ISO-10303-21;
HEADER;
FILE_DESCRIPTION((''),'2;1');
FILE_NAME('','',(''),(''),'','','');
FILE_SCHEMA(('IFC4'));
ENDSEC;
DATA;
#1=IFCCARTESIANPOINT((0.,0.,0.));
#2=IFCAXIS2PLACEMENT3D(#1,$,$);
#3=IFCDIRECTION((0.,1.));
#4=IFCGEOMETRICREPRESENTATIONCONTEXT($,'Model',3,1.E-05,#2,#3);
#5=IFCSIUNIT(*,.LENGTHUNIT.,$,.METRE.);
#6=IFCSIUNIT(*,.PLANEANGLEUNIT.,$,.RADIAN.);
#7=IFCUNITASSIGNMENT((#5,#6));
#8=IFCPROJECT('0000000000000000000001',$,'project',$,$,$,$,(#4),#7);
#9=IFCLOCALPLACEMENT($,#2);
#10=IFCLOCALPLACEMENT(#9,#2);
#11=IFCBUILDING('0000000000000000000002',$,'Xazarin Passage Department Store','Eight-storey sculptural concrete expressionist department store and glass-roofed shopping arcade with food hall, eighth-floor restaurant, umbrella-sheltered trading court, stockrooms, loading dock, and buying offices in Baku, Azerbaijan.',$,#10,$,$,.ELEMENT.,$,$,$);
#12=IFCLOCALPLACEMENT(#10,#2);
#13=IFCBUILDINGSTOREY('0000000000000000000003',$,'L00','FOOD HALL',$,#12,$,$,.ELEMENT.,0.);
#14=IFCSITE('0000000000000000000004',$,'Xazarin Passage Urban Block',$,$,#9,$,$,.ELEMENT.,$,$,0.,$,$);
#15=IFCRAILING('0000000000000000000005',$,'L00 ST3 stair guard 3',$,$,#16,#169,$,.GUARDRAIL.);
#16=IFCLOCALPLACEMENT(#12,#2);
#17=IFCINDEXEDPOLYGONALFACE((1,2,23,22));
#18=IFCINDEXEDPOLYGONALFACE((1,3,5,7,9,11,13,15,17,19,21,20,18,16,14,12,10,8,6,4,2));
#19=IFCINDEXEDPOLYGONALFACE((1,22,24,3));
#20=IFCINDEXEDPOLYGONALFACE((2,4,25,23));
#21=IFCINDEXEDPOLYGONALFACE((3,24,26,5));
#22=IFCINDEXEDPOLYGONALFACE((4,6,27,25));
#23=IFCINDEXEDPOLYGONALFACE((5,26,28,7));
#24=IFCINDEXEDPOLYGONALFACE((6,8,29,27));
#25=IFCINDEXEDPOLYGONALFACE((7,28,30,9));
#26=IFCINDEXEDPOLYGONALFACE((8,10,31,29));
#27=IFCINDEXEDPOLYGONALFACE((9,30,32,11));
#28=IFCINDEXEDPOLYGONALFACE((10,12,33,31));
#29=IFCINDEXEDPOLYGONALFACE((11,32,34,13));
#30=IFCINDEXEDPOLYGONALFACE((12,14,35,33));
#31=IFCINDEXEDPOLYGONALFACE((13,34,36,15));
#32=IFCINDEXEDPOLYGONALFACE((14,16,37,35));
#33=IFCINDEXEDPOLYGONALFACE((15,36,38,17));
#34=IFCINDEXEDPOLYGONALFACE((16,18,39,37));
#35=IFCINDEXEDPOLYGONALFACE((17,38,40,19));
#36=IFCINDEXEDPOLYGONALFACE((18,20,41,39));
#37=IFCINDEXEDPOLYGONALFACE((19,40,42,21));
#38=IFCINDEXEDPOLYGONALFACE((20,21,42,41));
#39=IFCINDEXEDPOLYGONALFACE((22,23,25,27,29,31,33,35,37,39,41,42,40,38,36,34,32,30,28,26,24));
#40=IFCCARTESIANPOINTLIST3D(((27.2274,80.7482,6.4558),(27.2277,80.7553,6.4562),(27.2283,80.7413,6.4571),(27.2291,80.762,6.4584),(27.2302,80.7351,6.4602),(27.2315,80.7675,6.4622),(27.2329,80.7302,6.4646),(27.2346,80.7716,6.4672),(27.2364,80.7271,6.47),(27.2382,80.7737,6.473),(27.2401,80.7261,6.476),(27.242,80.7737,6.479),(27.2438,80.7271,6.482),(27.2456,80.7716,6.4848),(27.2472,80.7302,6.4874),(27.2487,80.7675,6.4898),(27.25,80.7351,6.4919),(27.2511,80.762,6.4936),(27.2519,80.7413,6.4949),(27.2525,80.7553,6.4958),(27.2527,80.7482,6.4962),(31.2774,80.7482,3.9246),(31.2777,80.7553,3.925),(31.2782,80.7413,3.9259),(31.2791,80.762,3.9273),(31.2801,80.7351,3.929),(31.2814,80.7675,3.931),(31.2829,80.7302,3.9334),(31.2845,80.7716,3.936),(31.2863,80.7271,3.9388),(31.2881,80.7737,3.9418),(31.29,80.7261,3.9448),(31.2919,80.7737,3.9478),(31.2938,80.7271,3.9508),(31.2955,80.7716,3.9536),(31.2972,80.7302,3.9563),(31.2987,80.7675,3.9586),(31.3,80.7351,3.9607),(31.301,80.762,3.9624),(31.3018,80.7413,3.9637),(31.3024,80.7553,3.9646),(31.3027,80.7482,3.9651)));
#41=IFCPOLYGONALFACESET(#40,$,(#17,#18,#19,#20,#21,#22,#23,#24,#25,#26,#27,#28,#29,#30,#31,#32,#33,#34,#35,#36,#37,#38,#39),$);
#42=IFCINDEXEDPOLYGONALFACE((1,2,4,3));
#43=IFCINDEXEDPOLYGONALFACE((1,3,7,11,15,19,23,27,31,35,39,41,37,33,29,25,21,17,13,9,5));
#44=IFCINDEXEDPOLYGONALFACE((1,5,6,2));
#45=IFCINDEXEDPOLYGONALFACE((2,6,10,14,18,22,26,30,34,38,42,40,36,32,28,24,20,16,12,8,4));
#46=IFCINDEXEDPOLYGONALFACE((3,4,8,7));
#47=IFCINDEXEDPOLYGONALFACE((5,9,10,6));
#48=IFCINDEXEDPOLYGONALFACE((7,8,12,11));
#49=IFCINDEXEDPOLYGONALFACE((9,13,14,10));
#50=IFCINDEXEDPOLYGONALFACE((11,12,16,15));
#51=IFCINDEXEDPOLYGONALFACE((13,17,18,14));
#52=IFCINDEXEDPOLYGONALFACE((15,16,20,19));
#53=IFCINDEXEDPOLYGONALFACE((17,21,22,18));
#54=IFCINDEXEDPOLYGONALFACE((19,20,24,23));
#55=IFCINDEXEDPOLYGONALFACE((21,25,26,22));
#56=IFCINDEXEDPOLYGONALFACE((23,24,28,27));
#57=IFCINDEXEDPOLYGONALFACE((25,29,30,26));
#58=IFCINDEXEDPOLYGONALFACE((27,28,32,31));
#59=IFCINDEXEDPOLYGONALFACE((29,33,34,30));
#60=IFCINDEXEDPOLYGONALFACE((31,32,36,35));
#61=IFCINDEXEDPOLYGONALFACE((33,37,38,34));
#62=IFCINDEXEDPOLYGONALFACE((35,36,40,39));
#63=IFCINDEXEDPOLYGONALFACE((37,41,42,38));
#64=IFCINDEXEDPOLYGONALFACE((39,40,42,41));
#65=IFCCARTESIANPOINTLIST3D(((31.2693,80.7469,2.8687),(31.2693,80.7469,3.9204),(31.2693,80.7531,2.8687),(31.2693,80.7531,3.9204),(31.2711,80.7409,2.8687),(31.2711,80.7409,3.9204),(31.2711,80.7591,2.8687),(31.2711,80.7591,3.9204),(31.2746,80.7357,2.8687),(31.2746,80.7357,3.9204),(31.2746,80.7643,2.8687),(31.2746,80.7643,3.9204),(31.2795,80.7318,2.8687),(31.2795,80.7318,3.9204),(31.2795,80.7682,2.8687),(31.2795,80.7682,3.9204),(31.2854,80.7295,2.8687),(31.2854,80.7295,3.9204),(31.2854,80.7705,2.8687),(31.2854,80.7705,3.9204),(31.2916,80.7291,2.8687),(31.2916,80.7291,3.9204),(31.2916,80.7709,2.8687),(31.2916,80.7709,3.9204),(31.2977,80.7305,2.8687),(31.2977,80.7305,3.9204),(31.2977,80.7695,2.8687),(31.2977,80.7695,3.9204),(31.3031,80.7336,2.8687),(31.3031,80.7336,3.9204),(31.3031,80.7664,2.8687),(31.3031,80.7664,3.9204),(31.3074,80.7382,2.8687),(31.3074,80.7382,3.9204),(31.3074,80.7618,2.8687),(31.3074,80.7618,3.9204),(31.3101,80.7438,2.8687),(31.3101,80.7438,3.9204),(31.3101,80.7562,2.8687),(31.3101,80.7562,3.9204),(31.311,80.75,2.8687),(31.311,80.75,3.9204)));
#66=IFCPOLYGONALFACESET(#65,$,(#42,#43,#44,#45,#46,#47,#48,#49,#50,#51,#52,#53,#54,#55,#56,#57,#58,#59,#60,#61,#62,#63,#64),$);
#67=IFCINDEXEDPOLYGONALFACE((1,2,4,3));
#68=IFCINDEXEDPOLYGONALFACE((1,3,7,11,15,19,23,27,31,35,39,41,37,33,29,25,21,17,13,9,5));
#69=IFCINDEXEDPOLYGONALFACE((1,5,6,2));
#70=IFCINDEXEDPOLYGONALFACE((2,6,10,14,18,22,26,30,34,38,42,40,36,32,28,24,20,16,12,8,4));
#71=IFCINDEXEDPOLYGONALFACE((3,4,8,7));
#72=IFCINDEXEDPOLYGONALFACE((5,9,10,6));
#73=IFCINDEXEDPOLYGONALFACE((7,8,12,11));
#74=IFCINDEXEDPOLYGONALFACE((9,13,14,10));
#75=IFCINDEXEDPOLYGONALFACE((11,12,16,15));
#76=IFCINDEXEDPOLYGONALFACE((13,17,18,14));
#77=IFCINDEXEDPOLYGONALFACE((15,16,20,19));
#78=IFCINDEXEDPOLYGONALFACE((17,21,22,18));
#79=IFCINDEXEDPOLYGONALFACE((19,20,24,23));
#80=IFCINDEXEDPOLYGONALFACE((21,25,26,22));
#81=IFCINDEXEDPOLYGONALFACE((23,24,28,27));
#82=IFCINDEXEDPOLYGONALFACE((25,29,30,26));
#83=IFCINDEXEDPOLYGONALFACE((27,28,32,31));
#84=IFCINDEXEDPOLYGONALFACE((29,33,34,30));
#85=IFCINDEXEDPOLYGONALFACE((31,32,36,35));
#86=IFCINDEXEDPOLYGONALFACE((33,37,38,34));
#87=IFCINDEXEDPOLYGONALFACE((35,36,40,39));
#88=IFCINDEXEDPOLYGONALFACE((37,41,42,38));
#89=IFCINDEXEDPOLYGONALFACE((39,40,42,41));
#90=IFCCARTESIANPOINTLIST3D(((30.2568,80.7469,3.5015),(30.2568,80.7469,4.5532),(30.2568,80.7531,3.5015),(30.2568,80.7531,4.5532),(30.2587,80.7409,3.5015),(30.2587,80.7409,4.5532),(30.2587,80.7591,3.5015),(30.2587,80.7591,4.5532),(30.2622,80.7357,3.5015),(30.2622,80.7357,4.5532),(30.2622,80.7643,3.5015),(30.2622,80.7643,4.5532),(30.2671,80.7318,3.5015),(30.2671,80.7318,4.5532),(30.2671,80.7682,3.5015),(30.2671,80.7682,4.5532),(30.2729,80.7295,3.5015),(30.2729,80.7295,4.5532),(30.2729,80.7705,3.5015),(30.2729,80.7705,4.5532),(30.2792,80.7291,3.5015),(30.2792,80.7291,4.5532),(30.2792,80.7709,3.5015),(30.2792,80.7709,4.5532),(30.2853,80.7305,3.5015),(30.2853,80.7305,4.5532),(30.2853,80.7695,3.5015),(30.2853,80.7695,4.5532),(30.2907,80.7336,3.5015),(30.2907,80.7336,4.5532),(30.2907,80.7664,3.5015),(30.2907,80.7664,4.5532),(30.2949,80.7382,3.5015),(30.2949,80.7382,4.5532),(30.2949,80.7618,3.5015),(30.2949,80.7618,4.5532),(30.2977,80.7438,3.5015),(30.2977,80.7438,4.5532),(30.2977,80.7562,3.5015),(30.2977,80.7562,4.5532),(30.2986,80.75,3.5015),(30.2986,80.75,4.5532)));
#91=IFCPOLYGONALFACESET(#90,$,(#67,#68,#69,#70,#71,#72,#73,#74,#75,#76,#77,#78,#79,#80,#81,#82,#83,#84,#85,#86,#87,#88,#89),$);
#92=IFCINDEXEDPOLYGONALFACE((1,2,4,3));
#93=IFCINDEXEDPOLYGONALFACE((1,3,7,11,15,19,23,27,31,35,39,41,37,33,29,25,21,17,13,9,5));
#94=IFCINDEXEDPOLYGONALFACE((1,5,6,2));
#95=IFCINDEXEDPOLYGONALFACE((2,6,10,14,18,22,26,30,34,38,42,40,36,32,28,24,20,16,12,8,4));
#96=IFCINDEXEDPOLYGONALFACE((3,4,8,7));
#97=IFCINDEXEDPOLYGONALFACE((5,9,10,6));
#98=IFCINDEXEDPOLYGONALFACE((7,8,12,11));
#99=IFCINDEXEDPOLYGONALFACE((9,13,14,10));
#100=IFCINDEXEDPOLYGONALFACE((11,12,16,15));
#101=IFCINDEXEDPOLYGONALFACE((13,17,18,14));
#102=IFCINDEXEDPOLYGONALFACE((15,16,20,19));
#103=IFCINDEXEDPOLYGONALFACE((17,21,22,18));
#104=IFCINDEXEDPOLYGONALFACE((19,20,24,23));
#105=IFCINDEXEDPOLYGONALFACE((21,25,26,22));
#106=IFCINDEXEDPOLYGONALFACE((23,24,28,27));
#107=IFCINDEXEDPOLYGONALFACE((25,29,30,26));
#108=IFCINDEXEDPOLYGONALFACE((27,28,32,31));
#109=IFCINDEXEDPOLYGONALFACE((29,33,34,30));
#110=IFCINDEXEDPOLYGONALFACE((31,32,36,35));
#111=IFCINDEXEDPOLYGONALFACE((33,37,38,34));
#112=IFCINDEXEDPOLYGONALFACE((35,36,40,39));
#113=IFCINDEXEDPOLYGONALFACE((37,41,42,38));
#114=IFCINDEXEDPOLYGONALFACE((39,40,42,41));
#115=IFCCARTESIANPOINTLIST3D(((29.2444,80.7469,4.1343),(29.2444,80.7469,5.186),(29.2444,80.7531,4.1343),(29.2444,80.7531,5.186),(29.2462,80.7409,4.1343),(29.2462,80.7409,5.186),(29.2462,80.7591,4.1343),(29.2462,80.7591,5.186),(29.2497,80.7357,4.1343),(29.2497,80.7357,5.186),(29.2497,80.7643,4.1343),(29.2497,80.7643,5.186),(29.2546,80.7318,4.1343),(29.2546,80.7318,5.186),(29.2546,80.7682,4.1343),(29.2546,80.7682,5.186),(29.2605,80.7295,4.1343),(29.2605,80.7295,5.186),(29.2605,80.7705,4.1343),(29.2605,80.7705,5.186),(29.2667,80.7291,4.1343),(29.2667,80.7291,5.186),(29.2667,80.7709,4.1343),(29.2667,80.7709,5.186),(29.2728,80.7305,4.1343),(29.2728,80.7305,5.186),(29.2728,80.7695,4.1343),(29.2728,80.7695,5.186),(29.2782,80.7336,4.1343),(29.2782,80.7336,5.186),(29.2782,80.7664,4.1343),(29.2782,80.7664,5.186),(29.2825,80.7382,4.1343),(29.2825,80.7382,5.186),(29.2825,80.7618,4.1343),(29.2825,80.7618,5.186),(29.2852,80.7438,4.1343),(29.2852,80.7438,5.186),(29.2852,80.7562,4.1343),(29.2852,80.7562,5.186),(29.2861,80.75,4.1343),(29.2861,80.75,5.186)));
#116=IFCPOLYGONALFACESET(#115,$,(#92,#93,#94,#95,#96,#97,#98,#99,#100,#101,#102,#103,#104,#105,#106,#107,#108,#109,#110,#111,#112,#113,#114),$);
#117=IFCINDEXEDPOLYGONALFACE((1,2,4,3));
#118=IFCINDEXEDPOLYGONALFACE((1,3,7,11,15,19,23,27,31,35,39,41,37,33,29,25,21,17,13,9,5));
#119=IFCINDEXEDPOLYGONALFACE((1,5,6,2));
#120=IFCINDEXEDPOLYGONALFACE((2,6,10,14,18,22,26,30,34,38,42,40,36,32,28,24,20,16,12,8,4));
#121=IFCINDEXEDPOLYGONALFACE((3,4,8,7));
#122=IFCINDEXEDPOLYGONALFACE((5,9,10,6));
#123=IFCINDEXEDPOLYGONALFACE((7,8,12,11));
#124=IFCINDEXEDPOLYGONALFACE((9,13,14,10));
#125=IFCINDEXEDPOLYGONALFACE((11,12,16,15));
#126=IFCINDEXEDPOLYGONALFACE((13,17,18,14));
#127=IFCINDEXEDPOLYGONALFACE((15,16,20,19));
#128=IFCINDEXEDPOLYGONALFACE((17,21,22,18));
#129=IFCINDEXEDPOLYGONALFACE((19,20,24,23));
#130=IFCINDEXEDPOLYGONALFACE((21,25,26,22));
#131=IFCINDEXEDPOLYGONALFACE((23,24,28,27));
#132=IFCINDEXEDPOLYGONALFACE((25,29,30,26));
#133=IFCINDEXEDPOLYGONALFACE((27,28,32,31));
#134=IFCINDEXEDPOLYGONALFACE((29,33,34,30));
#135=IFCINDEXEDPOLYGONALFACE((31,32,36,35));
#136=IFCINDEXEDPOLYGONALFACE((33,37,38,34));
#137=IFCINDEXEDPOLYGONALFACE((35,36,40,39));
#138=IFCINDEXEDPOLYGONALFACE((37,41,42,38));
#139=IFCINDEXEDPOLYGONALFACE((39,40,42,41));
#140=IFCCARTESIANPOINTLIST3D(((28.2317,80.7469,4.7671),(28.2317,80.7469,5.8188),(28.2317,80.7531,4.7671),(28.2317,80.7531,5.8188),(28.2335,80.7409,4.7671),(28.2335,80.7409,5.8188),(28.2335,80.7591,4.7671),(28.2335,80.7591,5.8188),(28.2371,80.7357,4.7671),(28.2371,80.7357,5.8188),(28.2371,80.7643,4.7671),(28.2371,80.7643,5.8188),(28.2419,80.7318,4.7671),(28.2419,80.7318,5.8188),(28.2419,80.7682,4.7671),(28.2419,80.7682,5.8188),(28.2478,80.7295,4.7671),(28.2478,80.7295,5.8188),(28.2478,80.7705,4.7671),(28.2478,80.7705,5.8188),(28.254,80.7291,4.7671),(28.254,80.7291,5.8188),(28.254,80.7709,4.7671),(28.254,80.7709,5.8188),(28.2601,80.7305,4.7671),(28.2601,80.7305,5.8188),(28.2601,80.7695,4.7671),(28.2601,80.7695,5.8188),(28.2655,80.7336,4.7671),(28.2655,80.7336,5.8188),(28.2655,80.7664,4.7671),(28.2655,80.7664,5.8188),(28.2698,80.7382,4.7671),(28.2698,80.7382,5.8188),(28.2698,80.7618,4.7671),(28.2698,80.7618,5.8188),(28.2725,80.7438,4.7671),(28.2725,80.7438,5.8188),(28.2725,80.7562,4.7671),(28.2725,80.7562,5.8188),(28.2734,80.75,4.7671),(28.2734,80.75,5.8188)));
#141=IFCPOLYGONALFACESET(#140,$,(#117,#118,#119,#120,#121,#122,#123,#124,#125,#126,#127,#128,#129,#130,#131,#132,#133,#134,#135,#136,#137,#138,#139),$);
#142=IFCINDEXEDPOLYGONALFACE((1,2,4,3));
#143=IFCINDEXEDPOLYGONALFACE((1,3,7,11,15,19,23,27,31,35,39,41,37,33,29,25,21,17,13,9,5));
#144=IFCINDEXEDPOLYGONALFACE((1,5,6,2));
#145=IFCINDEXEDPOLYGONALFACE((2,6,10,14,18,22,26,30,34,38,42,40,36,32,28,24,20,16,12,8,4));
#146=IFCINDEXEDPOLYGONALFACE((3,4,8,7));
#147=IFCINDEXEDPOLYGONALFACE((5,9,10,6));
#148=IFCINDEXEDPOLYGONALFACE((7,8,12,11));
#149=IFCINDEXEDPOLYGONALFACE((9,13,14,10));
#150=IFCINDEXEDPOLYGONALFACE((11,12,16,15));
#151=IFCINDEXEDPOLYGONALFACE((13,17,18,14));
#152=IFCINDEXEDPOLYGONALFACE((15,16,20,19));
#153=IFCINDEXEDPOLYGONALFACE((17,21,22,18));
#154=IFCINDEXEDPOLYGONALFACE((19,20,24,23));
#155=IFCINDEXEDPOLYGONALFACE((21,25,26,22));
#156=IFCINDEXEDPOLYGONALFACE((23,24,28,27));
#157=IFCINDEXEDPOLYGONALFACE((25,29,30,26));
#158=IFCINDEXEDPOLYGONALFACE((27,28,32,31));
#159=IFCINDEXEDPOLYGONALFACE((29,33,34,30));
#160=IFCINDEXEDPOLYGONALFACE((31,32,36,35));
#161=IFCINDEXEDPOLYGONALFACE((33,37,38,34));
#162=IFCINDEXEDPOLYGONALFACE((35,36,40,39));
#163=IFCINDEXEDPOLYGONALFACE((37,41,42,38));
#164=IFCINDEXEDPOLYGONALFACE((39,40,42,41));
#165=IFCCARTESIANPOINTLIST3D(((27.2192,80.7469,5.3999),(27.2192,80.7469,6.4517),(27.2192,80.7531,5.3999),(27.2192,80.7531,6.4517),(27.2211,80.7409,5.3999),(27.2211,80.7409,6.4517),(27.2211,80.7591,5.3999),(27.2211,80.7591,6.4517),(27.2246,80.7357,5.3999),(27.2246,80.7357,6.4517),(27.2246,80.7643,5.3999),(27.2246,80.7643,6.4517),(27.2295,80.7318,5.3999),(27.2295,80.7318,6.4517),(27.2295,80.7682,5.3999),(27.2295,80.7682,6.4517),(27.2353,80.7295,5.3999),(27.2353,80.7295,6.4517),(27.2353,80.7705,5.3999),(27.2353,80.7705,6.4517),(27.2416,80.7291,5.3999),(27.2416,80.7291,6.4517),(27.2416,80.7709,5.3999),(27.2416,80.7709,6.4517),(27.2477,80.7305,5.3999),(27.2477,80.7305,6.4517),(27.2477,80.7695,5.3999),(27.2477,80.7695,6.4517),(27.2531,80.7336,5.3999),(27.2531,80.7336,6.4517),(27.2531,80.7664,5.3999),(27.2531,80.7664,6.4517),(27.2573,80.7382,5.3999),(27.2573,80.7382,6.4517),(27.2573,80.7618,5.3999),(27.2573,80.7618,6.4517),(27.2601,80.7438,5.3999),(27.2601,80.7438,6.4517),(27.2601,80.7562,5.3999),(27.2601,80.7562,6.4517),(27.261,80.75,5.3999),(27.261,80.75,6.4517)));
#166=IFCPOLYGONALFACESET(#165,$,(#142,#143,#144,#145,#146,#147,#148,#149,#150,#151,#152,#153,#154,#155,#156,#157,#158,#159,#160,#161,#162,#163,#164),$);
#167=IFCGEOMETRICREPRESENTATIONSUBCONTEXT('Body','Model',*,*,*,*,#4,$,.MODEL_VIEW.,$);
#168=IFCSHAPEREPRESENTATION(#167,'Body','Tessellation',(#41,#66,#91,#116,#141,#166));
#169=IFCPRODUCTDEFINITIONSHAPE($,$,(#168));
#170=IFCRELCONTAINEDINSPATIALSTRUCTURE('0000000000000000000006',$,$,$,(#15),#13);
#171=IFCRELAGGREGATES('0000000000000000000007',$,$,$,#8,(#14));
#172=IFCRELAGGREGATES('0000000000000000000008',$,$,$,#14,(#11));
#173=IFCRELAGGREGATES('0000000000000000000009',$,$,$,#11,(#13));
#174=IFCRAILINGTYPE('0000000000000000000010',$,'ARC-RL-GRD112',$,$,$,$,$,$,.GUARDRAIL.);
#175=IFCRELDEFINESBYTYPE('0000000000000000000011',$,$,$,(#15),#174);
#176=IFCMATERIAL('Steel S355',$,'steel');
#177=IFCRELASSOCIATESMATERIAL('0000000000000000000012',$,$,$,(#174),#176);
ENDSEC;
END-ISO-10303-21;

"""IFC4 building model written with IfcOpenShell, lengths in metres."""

from ifc_helpers import new_model, si_unit, direction, frame, origin, origin_2d, place, context, subcontext, project, spatial, circle, extrude, material, type_object, element, save


model = new_model("IFC4")

# Units and contexts
model_context = context("Model", 3, precision=1e-05, world=origin(), true_north=direction((0.0, 1.0)))
body_context = subcontext(model_context, "Body", "Model", "MODEL_VIEW")
ifc_project = project(units=[si_unit("LENGTHUNIT", "METRE"), si_unit("PLANEANGLEUNIT", "RADIAN")], contexts=[model_context])

# Site, building, storey
site_placement = place(None, origin())
site = spatial("IfcSite", under=ifc_project, at=site_placement, Name="Xazarin Passage Urban Block", CompositionType="ELEMENT", RefElevation=0.0)
building_placement = place(site_placement, origin())
building = spatial("IfcBuilding", under=site, at=building_placement, Name="Xazarin Passage Department Store", Description="Eight-storey sculptural concrete expressionist department store and glass-roofed shopping arcade with food hall, eighth-floor restaurant, umbrella-sheltered trading court, stockrooms, loading dock, and buying offices in Baku, Azerbaijan.", CompositionType="ELEMENT")
storey_placement = place(building_placement, origin())
storey = spatial("IfcBuildingStorey", under=building, at=storey_placement, Name="L00", Description="FOOD HALL", CompositionType="ELEMENT", Elevation=0.0)

# Shared definitions
ifc_material_1 = material(Name="Steel S355", Category="steel")

# Railing
railing_type_1 = type_object("IfcRailingType", Name="ARC-RL-GRD112", PredefinedType="GUARDRAIL", material=ifc_material_1)
railing_1_placement = place(storey_placement, frame((31.29, 80.75, 2.8687)))
element("IfcRailing", 1, at=railing_1_placement, inside=storey, type_object=railing_type_1, Name="L00 ST3 stair guard 3", PredefinedType="GUARDRAIL", context=body_context, shape_type="SweptSolid", body=[
    extrude(circle(Radius=0.0239, at=origin_2d()), frame((0.0, 0.0, 1.0762), z_axis=(-0.848001, 0.0, 0.529994), x_axis=(0.0, -1.0, 0.0)), (0.0, 0.0, 1.0), 4.7759),
    extrude(circle(Radius=0.021, at=origin_2d()), origin(), (0.0, 0.0, 1.0), 1.0518),
    extrude(circle(Radius=0.021, at=origin_2d()), frame((-1.0125, 0.0, 0.6328)), (0.0, 0.0, 1.0), 1.0518),
    extrude(circle(Radius=0.021, at=origin_2d()), frame((-2.0249, 0.0, 1.2656)), (0.0, 0.0, 1.0), 1.0518),
    extrude(circle(Radius=0.021, at=origin_2d()), frame((-3.0376, 0.0, 1.8984)), (0.0, 0.0, 1.0), 1.0518),
    extrude(circle(Radius=0.021, at=origin_2d()), frame((-4.05, 0.0, 2.5312)), (0.0, 0.0, 1.0), 1.0518),
])

save(model, "model.ifc")
